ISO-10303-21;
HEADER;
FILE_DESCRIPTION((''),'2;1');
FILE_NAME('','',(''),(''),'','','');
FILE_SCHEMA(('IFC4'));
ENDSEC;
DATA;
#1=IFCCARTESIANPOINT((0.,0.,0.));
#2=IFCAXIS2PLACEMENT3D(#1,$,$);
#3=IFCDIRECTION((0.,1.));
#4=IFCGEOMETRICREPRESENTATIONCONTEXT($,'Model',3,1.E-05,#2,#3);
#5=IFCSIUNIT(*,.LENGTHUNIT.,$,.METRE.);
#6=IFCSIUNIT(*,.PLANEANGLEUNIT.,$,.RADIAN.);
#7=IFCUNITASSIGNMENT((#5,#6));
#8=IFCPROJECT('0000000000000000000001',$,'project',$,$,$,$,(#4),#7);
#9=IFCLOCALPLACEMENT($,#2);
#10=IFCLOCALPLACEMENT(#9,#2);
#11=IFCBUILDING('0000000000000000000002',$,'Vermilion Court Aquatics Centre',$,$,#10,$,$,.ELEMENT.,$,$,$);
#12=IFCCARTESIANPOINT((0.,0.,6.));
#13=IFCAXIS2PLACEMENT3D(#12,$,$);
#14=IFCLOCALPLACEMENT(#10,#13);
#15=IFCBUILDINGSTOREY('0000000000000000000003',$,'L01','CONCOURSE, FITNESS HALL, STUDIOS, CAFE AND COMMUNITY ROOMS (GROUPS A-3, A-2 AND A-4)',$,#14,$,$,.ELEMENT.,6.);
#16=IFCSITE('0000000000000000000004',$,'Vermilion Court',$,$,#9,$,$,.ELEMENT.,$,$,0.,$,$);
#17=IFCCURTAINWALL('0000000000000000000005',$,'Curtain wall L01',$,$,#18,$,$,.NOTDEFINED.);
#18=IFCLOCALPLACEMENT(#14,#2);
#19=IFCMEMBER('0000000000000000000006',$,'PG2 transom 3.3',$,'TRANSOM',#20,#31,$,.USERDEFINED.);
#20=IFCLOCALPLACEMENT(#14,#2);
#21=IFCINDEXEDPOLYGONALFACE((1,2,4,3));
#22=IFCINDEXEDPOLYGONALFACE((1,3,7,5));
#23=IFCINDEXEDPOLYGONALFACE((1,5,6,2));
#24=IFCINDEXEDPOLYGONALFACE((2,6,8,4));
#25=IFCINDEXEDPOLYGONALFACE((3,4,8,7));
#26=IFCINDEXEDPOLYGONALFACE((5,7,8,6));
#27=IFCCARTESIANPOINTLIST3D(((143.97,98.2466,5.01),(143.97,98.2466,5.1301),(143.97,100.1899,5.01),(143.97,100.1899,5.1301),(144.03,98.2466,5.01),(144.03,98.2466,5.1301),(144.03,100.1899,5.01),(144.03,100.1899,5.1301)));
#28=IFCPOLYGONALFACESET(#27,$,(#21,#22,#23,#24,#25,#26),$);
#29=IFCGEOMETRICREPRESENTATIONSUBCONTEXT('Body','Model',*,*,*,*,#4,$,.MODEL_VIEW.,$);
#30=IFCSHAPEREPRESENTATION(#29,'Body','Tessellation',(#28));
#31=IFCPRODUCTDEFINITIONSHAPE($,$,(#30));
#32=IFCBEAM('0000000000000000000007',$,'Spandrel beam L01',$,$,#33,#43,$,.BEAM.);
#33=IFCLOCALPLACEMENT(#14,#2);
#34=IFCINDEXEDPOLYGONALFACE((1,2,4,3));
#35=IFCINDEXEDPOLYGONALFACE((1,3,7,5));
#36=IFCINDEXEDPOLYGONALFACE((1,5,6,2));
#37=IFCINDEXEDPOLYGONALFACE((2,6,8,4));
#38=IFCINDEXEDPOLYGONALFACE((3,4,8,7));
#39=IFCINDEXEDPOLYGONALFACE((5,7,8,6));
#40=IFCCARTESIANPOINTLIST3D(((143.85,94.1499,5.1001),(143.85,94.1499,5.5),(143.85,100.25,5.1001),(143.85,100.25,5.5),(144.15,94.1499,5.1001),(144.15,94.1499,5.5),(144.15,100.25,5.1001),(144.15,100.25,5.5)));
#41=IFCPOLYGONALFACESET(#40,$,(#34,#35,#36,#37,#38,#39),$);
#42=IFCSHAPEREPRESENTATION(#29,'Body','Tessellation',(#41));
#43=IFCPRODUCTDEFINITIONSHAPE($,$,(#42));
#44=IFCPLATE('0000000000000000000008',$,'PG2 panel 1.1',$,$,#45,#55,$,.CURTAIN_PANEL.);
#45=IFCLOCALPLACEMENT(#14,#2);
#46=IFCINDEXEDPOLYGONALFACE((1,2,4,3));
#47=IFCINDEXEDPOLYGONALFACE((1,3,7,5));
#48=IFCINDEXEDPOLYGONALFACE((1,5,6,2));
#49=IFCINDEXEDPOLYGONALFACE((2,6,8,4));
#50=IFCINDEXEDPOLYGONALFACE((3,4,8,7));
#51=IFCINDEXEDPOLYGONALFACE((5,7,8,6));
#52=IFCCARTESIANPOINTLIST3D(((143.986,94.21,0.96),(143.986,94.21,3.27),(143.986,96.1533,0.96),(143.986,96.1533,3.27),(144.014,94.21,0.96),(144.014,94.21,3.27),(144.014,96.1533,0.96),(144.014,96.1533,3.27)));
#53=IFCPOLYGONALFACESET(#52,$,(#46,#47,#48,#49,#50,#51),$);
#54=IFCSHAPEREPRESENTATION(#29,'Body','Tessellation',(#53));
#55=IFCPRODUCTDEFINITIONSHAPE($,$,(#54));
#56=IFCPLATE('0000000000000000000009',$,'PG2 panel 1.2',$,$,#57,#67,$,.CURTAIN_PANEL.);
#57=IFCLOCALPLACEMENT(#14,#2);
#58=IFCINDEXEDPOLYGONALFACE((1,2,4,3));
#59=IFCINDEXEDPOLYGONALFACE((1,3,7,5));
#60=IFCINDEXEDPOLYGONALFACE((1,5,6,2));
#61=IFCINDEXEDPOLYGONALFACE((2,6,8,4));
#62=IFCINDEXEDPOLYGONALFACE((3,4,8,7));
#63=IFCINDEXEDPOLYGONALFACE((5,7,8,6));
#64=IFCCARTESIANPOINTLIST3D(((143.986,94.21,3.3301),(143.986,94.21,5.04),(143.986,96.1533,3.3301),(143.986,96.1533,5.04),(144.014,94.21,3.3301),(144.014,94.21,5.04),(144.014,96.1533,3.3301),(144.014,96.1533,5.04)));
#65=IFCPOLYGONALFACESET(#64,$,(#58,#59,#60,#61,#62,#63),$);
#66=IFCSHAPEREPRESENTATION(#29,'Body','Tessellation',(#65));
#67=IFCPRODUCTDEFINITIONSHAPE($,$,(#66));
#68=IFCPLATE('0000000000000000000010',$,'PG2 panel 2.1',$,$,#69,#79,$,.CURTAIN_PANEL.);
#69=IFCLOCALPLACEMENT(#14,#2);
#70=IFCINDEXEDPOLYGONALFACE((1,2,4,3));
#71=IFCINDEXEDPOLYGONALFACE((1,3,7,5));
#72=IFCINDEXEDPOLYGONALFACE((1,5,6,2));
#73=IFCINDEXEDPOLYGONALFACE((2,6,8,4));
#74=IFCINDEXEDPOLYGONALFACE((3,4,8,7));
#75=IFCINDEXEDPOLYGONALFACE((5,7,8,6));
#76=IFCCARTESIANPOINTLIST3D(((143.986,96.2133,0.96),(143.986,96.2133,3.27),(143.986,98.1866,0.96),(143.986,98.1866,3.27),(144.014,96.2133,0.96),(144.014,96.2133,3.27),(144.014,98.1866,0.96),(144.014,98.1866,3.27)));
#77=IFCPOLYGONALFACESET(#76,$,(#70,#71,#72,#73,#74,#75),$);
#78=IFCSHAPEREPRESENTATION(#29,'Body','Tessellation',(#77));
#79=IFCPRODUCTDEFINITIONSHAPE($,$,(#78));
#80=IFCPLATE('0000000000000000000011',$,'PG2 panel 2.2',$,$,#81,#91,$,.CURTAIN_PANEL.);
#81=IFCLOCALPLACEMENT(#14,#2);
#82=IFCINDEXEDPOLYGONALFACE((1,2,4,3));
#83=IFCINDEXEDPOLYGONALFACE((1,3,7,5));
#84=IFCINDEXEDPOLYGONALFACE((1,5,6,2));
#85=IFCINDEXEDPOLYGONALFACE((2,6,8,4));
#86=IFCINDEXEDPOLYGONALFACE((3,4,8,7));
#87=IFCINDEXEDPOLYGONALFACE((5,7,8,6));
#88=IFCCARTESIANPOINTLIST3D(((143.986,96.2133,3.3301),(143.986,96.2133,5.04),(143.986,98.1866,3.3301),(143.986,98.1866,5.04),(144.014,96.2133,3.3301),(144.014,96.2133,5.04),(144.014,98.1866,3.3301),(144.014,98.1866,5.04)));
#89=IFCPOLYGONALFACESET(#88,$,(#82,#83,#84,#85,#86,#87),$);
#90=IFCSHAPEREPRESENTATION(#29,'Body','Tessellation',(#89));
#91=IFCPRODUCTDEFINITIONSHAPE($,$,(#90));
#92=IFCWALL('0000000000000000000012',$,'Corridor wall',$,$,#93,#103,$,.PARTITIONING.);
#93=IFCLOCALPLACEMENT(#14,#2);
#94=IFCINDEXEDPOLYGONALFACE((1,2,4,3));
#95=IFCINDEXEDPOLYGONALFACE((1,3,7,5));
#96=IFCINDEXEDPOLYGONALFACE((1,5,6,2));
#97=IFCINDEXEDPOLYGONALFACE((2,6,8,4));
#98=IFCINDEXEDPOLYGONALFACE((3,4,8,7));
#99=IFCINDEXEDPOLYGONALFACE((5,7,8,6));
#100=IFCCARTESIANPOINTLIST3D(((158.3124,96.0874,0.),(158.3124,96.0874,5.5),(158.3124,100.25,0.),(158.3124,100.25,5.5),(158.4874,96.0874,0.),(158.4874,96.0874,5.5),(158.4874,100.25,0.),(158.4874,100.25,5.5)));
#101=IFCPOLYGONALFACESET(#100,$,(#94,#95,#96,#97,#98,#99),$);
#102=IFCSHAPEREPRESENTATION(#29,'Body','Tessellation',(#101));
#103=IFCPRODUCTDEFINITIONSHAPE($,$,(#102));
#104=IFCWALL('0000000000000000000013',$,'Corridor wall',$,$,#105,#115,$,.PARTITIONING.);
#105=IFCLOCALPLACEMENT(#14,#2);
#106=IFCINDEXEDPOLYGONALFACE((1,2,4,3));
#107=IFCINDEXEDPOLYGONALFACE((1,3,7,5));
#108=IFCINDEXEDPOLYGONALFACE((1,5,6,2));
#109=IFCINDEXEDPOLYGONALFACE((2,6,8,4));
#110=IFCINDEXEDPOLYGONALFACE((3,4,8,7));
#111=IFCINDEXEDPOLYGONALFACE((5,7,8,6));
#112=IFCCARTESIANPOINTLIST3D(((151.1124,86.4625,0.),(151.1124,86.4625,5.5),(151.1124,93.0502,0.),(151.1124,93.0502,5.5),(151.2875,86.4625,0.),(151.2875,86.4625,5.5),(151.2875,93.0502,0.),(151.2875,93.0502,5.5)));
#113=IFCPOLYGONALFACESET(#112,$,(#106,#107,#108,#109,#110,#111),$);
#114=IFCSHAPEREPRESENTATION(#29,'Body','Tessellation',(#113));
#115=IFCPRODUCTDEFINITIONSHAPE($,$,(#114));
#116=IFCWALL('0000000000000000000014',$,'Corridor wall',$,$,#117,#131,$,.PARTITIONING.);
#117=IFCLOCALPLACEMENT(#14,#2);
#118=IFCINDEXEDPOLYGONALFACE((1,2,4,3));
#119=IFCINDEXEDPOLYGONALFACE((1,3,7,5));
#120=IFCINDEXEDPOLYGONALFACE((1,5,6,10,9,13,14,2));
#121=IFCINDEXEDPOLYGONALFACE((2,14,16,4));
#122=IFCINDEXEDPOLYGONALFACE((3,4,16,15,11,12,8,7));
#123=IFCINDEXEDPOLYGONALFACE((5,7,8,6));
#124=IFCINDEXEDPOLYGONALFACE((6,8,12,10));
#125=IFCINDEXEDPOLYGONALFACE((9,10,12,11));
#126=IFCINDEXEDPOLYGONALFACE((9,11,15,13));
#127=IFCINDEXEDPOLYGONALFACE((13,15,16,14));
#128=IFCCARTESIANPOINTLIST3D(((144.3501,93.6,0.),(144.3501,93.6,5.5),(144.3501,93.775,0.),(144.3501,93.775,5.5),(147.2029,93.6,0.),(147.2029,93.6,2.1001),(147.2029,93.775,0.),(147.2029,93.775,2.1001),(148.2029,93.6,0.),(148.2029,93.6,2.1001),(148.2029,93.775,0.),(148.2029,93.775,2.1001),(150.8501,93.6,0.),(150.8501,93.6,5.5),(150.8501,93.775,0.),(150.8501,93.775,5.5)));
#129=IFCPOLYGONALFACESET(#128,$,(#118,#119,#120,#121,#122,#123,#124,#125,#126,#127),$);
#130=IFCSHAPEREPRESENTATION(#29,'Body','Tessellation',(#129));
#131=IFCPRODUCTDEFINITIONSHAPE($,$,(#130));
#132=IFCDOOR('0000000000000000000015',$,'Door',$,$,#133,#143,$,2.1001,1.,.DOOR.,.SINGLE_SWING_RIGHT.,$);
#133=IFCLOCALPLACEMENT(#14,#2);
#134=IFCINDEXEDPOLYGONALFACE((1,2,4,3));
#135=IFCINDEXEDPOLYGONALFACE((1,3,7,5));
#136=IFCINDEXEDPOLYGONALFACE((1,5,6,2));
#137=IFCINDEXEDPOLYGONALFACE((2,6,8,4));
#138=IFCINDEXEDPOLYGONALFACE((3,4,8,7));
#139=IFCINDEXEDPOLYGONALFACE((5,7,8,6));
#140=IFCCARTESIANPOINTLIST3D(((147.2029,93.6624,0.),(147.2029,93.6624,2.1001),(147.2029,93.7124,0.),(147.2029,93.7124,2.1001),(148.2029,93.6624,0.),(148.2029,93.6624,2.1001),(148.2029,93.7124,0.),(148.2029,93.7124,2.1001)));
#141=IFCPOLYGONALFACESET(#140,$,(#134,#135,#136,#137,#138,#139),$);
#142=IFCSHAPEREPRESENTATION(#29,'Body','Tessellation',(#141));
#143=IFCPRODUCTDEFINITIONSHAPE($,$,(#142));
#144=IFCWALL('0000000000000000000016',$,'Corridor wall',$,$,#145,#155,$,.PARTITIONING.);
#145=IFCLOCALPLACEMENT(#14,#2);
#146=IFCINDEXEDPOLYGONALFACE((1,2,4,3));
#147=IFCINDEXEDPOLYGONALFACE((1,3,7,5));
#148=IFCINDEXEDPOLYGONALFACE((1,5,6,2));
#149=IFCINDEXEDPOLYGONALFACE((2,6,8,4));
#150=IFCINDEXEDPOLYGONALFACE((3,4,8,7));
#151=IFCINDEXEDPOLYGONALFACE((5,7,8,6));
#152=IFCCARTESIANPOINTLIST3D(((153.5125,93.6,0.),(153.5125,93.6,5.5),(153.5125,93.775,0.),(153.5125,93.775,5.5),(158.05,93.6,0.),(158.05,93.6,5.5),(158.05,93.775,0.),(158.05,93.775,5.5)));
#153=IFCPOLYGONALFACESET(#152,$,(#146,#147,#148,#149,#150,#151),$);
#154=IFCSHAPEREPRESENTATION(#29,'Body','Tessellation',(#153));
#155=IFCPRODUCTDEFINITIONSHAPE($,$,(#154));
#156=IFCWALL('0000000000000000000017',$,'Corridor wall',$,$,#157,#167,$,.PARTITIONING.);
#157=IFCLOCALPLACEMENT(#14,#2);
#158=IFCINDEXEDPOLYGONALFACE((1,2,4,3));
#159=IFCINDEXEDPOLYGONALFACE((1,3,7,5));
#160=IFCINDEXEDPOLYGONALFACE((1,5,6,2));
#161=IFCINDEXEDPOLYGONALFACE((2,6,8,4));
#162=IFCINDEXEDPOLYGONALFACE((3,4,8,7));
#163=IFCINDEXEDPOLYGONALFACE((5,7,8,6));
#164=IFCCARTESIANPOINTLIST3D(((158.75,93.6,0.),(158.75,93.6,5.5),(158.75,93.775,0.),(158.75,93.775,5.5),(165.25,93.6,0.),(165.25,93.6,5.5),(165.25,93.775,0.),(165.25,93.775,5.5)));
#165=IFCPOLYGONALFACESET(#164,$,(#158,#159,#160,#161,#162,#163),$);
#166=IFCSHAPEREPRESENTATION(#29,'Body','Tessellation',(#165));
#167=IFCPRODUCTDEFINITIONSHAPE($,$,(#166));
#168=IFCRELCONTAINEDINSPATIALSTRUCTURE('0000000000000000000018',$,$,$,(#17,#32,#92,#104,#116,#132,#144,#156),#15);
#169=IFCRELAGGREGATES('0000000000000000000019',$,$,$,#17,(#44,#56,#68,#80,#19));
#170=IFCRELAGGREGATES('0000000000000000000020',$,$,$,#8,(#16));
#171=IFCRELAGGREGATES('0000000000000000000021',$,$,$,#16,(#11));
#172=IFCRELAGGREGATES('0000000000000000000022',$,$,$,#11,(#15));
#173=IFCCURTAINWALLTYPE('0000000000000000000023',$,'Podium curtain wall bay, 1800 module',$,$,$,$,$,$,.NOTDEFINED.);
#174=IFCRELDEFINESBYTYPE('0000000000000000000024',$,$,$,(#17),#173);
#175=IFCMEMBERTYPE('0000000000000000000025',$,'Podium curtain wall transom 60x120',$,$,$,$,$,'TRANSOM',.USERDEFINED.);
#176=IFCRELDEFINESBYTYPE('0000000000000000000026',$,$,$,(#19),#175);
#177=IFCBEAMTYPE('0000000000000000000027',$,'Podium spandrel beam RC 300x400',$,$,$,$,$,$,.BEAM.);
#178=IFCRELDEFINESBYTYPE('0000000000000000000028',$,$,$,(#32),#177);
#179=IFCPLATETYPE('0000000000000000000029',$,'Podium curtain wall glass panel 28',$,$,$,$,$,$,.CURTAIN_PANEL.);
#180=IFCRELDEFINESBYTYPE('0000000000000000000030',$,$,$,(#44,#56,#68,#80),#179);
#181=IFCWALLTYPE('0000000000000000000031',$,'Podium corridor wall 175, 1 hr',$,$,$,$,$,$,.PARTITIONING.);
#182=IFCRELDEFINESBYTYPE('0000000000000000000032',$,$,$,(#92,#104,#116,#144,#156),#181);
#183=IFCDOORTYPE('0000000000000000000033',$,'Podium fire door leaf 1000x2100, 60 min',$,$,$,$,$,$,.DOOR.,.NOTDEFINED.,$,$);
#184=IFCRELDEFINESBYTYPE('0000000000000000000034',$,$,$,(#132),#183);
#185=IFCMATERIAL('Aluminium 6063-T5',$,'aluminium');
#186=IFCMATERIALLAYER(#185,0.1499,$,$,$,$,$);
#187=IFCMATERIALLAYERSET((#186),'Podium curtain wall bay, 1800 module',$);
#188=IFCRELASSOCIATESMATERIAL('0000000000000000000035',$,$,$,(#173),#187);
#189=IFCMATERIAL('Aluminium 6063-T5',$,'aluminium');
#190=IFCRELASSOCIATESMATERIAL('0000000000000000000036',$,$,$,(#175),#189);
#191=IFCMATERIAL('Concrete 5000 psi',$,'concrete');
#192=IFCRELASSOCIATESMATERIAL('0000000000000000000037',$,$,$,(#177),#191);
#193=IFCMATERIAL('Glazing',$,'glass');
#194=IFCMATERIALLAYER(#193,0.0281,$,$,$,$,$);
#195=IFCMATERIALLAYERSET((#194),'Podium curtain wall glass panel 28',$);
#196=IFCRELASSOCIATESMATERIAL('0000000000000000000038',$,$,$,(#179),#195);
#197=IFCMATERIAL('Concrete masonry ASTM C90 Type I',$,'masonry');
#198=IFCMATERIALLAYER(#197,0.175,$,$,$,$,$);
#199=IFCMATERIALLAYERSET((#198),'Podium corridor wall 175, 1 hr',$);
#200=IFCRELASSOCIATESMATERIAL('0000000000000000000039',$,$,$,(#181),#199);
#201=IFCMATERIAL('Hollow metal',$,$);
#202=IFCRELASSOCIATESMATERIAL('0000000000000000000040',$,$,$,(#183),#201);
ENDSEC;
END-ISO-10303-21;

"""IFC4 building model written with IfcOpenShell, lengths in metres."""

from ifc_helpers import new_model, si_unit, direction, frame, frame_2d, origin, origin_2d, place, context, subcontext, project, spatial, rectangle, extrude, material, layer, layer_set, material_profile, profile_set, type_object, element, fill, aggregate, save


model = new_model("IFC4")

# Units and contexts
model_context = context("Model", 3, precision=1e-05, world=origin(), true_north=direction((0.0, 1.0)))
body_context = subcontext(model_context, "Body", "Model", "MODEL_VIEW")
ifc_project = project(units=[si_unit("LENGTHUNIT", "METRE"), si_unit("PLANEANGLEUNIT", "RADIAN")], contexts=[model_context])

# Site, building, storey
site_placement = place(None, origin())
site = spatial("IfcSite", under=ifc_project, at=site_placement, Name="Vermilion Court", CompositionType="ELEMENT", RefElevation=0.0)
building_placement = place(site_placement, origin())
building = spatial("IfcBuilding", under=site, at=building_placement, Name="Vermilion Court Aquatics Centre", CompositionType="ELEMENT")
storey_placement = place(building_placement, frame((0.0, 0.0, 6.0)))
storey = spatial("IfcBuildingStorey", under=building, at=storey_placement, Name="L01", Description="CONCOURSE, FITNESS HALL, STUDIOS, CAFE AND COMMUNITY ROOMS (GROUPS A-3, A-2 AND A-4)", CompositionType="ELEMENT", Elevation=6.0)

# Curtain wall, member
ifc_material_1 = material(Name="Aluminium 6063-T5", Category="aluminium")
ifc_layer_1 = layer(ifc_material_1, 0.1499)
ifc_layer_set_1 = layer_set([ifc_layer_1], Name="Podium curtain wall bay, 1800 module")
curtain_wall_type = type_object("IfcCurtainWallType", Name="Podium curtain wall bay, 1800 module", PredefinedType="NOTDEFINED", material=ifc_layer_set_1)
curtain_wall_placement = place(storey_placement, origin())
curtain_wall = element("IfcCurtainWall", 1, at=curtain_wall_placement, inside=storey, type_object=curtain_wall_type, Name="Curtain wall L01", PredefinedType="NOTDEFINED")
ifc_material_2 = material(Name="Aluminium 6063-T5", Category="aluminium")
ifc_material_profile_1 = material_profile(ifc_material_2, rectangle(XDim=0.0601, YDim=0.1201, at=origin_2d()), Name="Transom 60x120")
ifc_profile_set_1 = profile_set([ifc_material_profile_1], Name="Aluminium 6063-T5")
member_type_1 = type_object("IfcMemberType", Name="Podium curtain wall transom 60x120", ElementType="TRANSOM", PredefinedType="USERDEFINED", material=ifc_profile_set_1)
member_1_placement = place(storey_placement, frame((144.0, 98.2466, 5.0701), z_axis=(0.0, 1.0, 0.0), x_axis=(-1.0, 0.0, 0.0)))
member_1 = element("IfcMember", 2, at=member_1_placement, type_object=member_type_1, Name="PG2 transom 3.3", ObjectType="TRANSOM", PredefinedType="USERDEFINED", context=body_context, shape_type="SweptSolid", body=[
    extrude(rectangle(XDim=0.0601, YDim=0.1201, at=origin_2d()), origin(), (0.0, 0.0, 1.0), 1.9434),
])

# Beam
ifc_material_3 = material(Name="Concrete 5000 psi", Category="concrete")
ifc_material_profile_2 = material_profile(ifc_material_3, rectangle(XDim=0.3, YDim=0.3999, at=origin_2d()), Name="RC 300x400")
ifc_profile_set_2 = profile_set([ifc_material_profile_2], Name="Concrete 5000 psi")
beam_type = type_object("IfcBeamType", Name="Podium spandrel beam RC 300x400", PredefinedType="BEAM", material=ifc_profile_set_2)
beam_placement = place(storey_placement, frame((144.0, 94.1499, 5.3), z_axis=(0.0, 1.0, 0.0), x_axis=(-1.0, 0.0, 0.0)))
element("IfcBeam", 3, at=beam_placement, inside=storey, type_object=beam_type, Name="Spandrel beam L01", PredefinedType="BEAM", context=body_context, shape_type="SweptSolid", body=[
    extrude(rectangle(XDim=0.3, YDim=0.3999, at=origin_2d()), origin(), (0.0, 0.0, 1.0), 6.1001),
])

# Plates
ifc_material_4 = material(Name="Glazing", Category="glass")
ifc_layer_2 = layer(ifc_material_4, 0.0281)
ifc_layer_set_2 = layer_set([ifc_layer_2], Name="Podium curtain wall glass panel 28")
plate_type = type_object("IfcPlateType", Name="Podium curtain wall glass panel 28", PredefinedType="CURTAIN_PANEL", material=ifc_layer_set_2)
plate_1_placement = place(storey_placement, frame((144.0, 95.1816, 0.96), z_axis=(0.0, 0.0, 1.0), x_axis=(0.0, 1.0, 0.0)))
plate_1 = element("IfcPlate", 4, at=plate_1_placement, type_object=plate_type, Name="PG2 panel 1.1", PredefinedType="CURTAIN_PANEL", context=body_context, shape_type="SweptSolid", body=[
    extrude(rectangle(XDim=1.9434, YDim=0.0281, at=origin_2d()), origin(), (0.0, 0.0, 1.0), 2.3101),
])
plate_2_placement = place(storey_placement, frame((144.0, 95.1816, 3.3301), z_axis=(0.0, 0.0, 1.0), x_axis=(0.0, 1.0, 0.0)))
plate_2 = element("IfcPlate", 5, at=plate_2_placement, type_object=plate_type, Name="PG2 panel 1.2", PredefinedType="CURTAIN_PANEL", context=body_context, shape_type="SweptSolid", body=[
    extrude(rectangle(XDim=1.9434, YDim=0.0281, at=origin_2d()), origin(), (0.0, 0.0, 1.0), 1.71),
])
plate_3_placement = place(storey_placement, frame((144.0, 97.2, 0.96), z_axis=(0.0, 0.0, 1.0), x_axis=(0.0, 1.0, 0.0)))
plate_3 = element("IfcPlate", 6, at=plate_3_placement, type_object=plate_type, Name="PG2 panel 2.1", PredefinedType="CURTAIN_PANEL", context=body_context, shape_type="SweptSolid", body=[
    extrude(rectangle(XDim=1.9734, YDim=0.0281, at=origin_2d()), origin(), (0.0, 0.0, 1.0), 2.3101),
])
plate_4_placement = place(storey_placement, frame((144.0, 97.2, 3.3301), z_axis=(0.0, 0.0, 1.0), x_axis=(0.0, 1.0, 0.0)))
plate_4 = element("IfcPlate", 7, at=plate_4_placement, type_object=plate_type, Name="PG2 panel 2.2", PredefinedType="CURTAIN_PANEL", context=body_context, shape_type="SweptSolid", body=[
    extrude(rectangle(XDim=1.9734, YDim=0.0281, at=origin_2d()), origin(), (0.0, 0.0, 1.0), 1.71),
])
aggregate(curtain_wall, [plate_1, plate_2, plate_3, plate_4, member_1])

# Walls
ifc_material_5 = material(Name="Concrete masonry ASTM C90 Type I", Category="masonry")
ifc_layer_3 = layer(ifc_material_5, 0.175)
ifc_layer_set_3 = layer_set([ifc_layer_3], Name="Podium corridor wall 175, 1 hr")
wall_type_1 = type_object("IfcWallType", Name="Podium corridor wall 175, 1 hr", PredefinedType="PARTITIONING", material=ifc_layer_set_3)
wall_1_placement = place(storey_placement, frame((158.3999, 96.0874, 0.0), z_axis=(0.0, 0.0, 1.0), x_axis=(0.0, 1.0, 0.0)))
element("IfcWall", 8, at=wall_1_placement, inside=storey, type_object=wall_type_1, Name="Corridor wall", PredefinedType="PARTITIONING", context=body_context, shape_type="SweptSolid", body=[
    extrude(rectangle(XDim=4.1626, YDim=0.175, at=frame_2d((2.0813, 0.0))), origin(), (0.0, 0.0, 1.0), 5.5),
])
wall_2_placement = place(storey_placement, frame((151.2, 86.4624, 0.0), z_axis=(0.0, 0.0, 1.0), x_axis=(0.0, 1.0, 0.0)))
element("IfcWall", 9, at=wall_2_placement, inside=storey, type_object=wall_type_1, Name="Corridor wall", PredefinedType="PARTITIONING", context=body_context, shape_type="SweptSolid", body=[
    extrude(rectangle(XDim=6.5876, YDim=0.175, at=frame_2d((3.2939, 0.0))), origin(), (0.0, 0.0, 1.0), 5.5),
])

# Wall, opening, door
wall_3_placement = place(storey_placement, frame((144.3501, 93.6875, 0.0), z_axis=(0.0, 0.0, 1.0), x_axis=(1.0, 0.0, 0.0)))
wall_3 = element("IfcWall", 10, at=wall_3_placement, inside=storey, type_object=wall_type_1, Name="Corridor wall", PredefinedType="PARTITIONING", context=body_context, shape_type="SweptSolid", body=[
    extrude(rectangle(XDim=6.5, YDim=0.175, at=frame_2d((3.25, 0.0))), origin(), (0.0, 0.0, 1.0), 5.5),
])
opening_1_placement = place(wall_3_placement, frame((2.8528, 0.0, 0.0)))
opening_1 = element("IfcOpeningElement", 11, at=opening_1_placement, cuts=wall_3, PredefinedType="OPENING", context=body_context, shape_type="SweptSolid", body=[
    extrude(rectangle(XDim=1.0, YDim=2.1001, at=frame_2d((0.5, 1.05))), frame((0.0, 0.0974, 0.0), z_axis=(0.0, -1.0, 0.0), x_axis=(1.0, 0.0, 0.0)), (0.0, 0.0, 1.0), 0.1951),
])
ifc_material_6 = material(Name="Hollow metal")
door_type_1 = type_object("IfcDoorType", Name="Podium fire door leaf 1000x2100, 60 min", OperationType="NOTDEFINED", PredefinedType="DOOR", material=ifc_material_6)
door_1_placement = place(opening_1_placement, frame((1.0, 0.0, 0.0), z_axis=(0.0, 0.0, 1.0), x_axis=(-1.0, 0.0, 0.0)))
door_1 = element("IfcDoor", 12, at=door_1_placement, inside=storey, type_object=door_type_1, Name="Door", OperationType="SINGLE_SWING_RIGHT", OverallHeight=2.1001, OverallWidth=1.0, PredefinedType="DOOR", context=body_context, shape_type="SweptSolid", body=[
    extrude(rectangle(XDim=1.0, YDim=2.1001, at=frame_2d((0.5, 1.05))), frame((0.0, 0.0251, 0.0), z_axis=(0.0, -1.0, 0.0), x_axis=(1.0, 0.0, 0.0)), (0.0, 0.0, 1.0), 0.05),
])
fill(opening_1, door_1)

# Walls
wall_4_placement = place(storey_placement, frame((153.5125, 93.6875, 0.0), z_axis=(0.0, 0.0, 1.0), x_axis=(1.0, 0.0, 0.0)))
element("IfcWall", 13, at=wall_4_placement, inside=storey, type_object=wall_type_1, Name="Corridor wall", PredefinedType="PARTITIONING", context=body_context, shape_type="SweptSolid", body=[
    extrude(rectangle(XDim=4.5376, YDim=0.175, at=frame_2d((2.2688, 0.0))), origin(), (0.0, 0.0, 1.0), 5.5),
])
wall_5_placement = place(storey_placement, frame((158.75, 93.6875, 0.0), z_axis=(0.0, 0.0, 1.0), x_axis=(1.0, 0.0, 0.0)))
element("IfcWall", 14, at=wall_5_placement, inside=storey, type_object=wall_type_1, Name="Corridor wall", PredefinedType="PARTITIONING", context=body_context, shape_type="SweptSolid", body=[
    extrude(rectangle(XDim=6.5, YDim=0.175, at=frame_2d((3.25, 0.0))), origin(), (0.0, 0.0, 1.0), 5.5),
])

save(model, "model.ifc")
